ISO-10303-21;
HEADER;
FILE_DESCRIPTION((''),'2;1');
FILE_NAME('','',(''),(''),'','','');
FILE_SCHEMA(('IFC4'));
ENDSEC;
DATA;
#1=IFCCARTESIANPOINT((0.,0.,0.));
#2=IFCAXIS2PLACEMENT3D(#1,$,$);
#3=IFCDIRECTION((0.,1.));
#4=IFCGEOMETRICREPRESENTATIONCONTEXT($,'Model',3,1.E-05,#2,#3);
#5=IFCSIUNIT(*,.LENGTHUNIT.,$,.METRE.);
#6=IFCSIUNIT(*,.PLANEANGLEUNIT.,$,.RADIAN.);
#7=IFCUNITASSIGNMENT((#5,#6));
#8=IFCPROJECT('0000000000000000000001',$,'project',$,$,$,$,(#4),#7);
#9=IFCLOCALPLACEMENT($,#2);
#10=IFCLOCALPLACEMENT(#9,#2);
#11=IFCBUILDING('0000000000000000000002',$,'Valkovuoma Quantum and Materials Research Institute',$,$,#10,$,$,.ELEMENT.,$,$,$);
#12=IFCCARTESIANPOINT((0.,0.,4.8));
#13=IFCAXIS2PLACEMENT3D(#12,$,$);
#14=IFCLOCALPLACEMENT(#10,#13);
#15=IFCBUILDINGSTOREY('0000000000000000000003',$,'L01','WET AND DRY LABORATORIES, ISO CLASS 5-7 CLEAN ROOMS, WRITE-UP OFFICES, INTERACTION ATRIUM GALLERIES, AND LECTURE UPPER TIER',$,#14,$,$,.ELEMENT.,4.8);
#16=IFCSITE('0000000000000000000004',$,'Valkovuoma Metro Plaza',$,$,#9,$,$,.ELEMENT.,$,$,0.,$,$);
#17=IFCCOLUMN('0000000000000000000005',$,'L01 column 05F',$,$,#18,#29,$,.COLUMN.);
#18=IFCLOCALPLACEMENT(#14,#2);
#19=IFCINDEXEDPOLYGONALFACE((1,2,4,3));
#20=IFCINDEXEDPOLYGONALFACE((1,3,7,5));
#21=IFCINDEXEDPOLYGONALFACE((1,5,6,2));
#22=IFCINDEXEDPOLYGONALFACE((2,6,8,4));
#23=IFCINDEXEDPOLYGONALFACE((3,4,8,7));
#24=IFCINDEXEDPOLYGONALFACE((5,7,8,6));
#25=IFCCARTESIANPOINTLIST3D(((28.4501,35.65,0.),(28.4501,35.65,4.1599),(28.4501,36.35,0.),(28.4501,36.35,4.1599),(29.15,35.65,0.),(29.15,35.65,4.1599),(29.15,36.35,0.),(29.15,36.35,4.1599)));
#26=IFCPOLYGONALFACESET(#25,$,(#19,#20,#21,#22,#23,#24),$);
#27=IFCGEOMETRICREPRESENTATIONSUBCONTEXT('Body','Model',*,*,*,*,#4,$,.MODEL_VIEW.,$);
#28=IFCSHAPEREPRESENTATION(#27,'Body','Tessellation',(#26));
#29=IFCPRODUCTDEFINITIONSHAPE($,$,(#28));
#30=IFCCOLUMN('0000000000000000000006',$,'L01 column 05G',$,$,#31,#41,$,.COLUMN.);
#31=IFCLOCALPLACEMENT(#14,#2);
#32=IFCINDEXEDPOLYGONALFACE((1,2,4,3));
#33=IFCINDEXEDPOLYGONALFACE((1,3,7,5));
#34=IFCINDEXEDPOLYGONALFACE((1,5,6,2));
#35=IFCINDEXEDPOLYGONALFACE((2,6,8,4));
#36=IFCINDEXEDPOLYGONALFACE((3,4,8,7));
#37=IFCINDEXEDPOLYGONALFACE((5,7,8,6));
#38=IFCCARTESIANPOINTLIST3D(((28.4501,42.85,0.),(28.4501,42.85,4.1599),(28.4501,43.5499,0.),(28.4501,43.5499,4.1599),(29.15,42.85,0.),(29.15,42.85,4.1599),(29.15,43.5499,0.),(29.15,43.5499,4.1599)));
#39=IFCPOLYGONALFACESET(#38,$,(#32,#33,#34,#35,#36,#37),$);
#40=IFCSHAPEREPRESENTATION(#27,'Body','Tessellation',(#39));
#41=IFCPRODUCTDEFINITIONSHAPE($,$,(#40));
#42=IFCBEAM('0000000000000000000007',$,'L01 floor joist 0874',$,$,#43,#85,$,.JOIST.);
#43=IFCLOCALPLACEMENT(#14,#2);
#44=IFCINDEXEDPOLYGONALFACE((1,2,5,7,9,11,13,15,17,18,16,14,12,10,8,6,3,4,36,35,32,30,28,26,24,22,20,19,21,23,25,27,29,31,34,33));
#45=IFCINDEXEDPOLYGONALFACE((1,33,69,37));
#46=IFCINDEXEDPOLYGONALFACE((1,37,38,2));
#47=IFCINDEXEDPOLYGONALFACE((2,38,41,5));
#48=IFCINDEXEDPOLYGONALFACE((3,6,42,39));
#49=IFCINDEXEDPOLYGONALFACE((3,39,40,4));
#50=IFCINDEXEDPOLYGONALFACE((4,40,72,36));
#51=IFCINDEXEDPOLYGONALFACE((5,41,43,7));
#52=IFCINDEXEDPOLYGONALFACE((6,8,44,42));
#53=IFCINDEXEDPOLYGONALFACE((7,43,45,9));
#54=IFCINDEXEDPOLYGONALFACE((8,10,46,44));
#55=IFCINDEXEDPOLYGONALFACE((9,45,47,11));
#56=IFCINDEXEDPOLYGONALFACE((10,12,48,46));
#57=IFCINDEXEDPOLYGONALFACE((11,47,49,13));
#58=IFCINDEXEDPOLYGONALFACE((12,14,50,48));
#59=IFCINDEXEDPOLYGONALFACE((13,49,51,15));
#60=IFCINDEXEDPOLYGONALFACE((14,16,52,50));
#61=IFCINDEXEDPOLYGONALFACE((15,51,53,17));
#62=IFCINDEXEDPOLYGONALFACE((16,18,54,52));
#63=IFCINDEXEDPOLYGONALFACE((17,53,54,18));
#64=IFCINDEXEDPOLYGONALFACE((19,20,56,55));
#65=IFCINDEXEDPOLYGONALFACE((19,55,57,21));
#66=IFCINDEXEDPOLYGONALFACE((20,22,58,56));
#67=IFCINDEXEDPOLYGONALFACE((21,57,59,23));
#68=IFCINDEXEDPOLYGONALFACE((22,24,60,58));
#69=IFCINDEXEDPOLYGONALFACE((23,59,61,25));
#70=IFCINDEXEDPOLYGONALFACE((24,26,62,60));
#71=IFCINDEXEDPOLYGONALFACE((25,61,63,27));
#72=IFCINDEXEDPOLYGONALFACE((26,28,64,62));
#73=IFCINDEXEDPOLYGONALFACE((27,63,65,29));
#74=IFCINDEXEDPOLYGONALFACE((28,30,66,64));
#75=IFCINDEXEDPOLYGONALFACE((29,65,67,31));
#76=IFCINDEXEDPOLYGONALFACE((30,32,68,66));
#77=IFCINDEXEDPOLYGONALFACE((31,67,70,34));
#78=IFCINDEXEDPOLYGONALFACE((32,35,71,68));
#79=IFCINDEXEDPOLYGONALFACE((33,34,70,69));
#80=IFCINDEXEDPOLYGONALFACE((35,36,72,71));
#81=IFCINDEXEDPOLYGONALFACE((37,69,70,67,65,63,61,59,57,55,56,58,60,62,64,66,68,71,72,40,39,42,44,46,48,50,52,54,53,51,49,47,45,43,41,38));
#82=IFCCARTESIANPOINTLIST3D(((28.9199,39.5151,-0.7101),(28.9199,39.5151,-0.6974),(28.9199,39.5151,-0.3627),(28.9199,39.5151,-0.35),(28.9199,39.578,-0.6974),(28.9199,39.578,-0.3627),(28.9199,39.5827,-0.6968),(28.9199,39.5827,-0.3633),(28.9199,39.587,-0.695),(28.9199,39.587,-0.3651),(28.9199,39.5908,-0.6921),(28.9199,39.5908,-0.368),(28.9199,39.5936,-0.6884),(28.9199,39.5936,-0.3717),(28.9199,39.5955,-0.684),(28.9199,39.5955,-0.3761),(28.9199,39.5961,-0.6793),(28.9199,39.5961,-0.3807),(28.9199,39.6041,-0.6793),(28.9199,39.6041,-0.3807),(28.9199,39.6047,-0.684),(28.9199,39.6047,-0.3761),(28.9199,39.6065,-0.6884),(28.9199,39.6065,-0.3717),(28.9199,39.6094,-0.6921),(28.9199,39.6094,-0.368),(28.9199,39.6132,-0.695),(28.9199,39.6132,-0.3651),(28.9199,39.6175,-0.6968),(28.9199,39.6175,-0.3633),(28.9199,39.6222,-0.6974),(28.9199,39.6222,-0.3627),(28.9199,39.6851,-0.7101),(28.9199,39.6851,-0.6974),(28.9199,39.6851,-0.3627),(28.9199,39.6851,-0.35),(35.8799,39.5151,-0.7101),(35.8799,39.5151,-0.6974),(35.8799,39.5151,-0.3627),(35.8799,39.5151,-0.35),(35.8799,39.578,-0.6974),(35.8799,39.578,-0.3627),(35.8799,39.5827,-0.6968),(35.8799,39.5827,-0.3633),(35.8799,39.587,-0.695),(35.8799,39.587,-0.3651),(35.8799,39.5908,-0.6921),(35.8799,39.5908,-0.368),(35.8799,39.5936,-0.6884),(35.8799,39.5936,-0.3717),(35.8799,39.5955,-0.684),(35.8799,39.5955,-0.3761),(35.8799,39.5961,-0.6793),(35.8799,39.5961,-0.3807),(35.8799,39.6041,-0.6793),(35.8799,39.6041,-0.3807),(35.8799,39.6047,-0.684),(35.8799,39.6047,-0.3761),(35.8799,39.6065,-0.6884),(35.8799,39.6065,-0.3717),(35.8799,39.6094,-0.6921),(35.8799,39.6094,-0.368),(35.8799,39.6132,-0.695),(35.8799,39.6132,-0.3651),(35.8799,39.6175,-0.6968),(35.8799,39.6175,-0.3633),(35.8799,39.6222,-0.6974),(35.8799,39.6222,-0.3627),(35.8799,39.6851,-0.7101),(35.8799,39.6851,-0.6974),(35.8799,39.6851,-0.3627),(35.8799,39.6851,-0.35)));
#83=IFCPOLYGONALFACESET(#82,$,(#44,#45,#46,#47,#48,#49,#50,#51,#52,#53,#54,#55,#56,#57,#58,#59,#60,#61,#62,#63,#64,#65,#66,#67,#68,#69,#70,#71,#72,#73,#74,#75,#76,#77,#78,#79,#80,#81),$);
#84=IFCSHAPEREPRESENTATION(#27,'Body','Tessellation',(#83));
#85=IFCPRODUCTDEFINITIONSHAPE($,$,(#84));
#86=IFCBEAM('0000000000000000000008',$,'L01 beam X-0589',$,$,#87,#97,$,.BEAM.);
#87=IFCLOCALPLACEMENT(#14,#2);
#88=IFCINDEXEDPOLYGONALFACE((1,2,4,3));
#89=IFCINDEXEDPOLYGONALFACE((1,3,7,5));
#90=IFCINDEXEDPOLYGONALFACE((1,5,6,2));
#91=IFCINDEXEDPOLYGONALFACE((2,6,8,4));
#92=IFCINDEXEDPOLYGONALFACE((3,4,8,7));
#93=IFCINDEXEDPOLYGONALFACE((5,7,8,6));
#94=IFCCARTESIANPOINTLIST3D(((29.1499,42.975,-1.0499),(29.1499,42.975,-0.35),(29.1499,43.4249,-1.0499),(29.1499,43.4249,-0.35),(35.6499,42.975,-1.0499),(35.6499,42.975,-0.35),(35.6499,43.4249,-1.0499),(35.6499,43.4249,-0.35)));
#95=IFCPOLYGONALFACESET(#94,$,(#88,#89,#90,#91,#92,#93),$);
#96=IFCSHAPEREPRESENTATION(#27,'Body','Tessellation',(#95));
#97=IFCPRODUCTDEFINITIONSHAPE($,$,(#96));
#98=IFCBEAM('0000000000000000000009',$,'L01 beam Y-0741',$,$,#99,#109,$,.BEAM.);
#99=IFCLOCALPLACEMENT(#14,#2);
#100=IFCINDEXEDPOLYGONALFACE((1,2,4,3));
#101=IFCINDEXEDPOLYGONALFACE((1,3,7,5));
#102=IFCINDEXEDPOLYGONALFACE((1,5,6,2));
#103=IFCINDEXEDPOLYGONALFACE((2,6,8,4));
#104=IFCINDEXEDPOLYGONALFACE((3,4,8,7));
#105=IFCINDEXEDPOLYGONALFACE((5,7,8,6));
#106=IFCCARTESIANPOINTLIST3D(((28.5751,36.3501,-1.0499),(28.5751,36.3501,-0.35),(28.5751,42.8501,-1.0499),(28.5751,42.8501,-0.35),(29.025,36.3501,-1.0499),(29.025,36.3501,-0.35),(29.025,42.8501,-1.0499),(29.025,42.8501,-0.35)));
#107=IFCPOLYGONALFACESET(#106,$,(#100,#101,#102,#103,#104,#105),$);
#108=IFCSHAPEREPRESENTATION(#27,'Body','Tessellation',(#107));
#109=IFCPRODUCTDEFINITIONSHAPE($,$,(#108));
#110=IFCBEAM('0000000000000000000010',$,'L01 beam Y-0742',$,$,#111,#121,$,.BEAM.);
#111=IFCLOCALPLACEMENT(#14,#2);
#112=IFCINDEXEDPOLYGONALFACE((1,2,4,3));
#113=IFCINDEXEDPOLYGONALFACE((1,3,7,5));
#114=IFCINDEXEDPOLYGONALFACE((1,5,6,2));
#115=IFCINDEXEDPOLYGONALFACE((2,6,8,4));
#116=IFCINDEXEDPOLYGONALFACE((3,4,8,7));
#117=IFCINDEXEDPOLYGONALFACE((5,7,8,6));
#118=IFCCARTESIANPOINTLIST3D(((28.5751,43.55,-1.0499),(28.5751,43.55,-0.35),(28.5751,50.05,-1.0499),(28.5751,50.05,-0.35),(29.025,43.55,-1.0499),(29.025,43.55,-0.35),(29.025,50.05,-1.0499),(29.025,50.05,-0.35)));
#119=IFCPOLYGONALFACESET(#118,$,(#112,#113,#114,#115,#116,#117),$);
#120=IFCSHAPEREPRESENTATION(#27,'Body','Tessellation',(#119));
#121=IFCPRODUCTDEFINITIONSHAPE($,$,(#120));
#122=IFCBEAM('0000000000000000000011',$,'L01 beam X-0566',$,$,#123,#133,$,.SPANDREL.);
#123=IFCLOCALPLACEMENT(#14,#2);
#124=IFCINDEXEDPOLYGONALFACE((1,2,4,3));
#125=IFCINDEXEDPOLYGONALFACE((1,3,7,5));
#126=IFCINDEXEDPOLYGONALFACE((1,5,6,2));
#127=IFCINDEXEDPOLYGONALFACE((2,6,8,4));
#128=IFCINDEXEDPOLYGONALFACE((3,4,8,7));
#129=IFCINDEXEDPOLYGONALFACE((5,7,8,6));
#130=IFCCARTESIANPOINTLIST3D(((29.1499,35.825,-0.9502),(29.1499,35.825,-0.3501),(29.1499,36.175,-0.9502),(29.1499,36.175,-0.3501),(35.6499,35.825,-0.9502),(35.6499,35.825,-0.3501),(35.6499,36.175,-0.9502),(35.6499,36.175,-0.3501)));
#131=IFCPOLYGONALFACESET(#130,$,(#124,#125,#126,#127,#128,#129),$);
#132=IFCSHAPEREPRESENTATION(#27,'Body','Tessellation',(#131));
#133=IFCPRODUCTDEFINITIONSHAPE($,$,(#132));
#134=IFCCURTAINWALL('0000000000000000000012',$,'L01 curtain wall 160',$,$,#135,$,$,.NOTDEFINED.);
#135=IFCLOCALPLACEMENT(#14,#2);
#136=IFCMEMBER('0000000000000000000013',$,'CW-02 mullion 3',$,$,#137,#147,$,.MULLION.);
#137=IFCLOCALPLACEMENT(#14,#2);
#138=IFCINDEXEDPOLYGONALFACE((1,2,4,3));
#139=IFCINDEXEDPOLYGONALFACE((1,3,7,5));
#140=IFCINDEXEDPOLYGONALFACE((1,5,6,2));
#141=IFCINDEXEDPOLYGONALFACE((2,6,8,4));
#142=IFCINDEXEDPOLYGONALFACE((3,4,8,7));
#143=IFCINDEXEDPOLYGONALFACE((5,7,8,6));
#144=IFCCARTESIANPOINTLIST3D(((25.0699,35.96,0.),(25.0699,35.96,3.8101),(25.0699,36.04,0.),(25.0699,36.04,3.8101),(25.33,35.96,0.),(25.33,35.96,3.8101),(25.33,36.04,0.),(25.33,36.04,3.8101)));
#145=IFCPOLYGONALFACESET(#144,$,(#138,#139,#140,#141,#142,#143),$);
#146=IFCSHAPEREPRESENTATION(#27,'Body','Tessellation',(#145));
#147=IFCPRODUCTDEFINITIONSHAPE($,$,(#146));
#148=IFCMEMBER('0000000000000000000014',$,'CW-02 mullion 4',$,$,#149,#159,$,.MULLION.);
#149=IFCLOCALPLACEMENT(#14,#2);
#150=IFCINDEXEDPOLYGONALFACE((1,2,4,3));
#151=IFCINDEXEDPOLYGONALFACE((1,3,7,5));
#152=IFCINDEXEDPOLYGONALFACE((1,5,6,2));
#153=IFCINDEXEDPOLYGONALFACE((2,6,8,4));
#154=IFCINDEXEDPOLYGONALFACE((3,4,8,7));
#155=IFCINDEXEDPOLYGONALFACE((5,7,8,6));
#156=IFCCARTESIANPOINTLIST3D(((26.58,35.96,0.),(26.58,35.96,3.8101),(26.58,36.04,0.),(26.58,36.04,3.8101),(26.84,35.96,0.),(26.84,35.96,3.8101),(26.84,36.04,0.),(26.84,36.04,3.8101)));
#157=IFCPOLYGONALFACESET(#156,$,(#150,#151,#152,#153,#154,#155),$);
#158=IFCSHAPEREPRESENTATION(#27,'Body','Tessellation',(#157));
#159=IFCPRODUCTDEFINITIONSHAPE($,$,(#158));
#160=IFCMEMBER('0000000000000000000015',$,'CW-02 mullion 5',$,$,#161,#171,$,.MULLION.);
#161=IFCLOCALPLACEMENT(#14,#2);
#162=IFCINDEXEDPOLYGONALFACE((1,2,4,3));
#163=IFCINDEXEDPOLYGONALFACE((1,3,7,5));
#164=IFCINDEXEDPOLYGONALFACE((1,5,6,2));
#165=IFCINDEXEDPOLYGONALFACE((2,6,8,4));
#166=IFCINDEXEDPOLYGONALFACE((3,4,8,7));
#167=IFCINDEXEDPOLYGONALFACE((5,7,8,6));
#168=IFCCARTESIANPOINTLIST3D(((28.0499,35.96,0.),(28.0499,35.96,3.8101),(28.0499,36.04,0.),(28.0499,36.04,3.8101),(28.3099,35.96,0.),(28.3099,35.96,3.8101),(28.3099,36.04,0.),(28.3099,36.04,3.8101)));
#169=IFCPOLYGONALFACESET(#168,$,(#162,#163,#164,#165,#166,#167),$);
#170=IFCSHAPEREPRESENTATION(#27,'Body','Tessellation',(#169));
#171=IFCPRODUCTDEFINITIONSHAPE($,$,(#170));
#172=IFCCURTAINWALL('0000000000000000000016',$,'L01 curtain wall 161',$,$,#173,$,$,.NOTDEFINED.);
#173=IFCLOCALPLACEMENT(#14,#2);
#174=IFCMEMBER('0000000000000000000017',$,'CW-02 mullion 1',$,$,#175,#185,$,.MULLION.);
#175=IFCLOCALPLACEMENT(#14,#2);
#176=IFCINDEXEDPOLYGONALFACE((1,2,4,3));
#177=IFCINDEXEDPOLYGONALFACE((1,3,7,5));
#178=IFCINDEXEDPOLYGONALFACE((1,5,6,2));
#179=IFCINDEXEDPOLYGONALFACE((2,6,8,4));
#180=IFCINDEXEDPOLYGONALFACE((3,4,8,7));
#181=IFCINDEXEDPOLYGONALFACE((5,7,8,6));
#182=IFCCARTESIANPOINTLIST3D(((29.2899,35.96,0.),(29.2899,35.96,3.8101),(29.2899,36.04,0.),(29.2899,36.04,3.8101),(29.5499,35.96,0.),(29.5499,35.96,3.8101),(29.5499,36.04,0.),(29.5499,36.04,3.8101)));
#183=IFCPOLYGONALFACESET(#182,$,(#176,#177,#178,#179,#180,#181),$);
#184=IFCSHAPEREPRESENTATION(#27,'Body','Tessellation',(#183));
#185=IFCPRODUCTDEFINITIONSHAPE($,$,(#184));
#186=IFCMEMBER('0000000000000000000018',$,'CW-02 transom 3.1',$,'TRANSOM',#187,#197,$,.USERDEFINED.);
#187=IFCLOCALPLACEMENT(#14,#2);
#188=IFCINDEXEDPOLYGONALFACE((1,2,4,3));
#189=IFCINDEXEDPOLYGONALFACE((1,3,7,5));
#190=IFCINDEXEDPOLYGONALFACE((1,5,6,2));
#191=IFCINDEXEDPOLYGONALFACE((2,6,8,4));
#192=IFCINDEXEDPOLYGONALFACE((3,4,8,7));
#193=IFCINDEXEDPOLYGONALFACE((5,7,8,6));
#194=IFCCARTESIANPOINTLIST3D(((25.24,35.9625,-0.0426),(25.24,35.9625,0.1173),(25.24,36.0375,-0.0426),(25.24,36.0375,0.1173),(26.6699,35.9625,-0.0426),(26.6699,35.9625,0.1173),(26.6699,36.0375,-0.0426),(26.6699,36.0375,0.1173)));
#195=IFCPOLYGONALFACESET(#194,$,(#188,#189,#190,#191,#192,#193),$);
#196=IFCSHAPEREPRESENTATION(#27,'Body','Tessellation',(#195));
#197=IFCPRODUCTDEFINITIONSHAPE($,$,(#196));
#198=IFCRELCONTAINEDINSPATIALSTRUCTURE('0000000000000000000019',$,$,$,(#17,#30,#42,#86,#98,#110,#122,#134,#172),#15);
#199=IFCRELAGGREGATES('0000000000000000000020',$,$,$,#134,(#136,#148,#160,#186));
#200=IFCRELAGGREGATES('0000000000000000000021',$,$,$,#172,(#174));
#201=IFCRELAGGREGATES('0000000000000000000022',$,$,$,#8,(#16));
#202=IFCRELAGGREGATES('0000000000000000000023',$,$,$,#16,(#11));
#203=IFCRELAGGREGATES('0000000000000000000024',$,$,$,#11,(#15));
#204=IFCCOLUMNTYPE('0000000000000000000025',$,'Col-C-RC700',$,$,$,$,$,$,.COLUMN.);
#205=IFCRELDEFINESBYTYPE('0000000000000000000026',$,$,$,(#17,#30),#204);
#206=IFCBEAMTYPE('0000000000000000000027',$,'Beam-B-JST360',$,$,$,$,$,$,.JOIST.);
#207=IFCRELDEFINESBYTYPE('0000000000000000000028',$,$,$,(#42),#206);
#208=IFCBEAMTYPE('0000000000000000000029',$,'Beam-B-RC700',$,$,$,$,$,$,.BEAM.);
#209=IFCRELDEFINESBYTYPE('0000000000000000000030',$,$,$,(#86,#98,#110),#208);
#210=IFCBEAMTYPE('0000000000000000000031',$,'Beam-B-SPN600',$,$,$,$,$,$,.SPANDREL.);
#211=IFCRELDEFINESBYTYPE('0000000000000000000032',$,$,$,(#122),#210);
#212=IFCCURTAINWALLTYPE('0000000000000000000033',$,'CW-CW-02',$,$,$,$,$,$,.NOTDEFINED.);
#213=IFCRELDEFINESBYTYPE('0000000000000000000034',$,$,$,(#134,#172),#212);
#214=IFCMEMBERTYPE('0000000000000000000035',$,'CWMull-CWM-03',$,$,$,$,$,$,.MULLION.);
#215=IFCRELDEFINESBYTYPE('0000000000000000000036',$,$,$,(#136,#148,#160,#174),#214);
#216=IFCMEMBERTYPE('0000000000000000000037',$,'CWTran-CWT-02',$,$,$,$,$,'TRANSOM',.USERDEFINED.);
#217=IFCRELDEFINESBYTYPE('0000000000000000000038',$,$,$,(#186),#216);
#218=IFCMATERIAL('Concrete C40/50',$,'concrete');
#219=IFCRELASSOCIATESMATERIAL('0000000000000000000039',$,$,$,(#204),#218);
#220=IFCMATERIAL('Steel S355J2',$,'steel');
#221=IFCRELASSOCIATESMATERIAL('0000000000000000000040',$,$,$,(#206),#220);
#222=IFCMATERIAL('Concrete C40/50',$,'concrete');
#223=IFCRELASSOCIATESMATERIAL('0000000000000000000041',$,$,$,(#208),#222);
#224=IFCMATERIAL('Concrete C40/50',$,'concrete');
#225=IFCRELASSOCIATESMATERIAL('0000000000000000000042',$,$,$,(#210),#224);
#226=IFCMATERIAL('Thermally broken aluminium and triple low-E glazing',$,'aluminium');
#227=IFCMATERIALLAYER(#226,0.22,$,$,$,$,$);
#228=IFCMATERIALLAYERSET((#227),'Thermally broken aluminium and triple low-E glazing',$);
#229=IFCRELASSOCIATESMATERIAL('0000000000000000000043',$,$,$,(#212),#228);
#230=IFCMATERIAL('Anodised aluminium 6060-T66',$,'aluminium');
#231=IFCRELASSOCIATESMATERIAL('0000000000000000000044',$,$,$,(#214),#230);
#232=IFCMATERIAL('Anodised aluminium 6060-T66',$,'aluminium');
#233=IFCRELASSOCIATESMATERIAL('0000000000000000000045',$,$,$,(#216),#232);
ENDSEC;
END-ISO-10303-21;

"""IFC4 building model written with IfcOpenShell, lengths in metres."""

from ifc_helpers import new_model, si_unit, direction, frame, origin, origin_2d, place, context, subcontext, project, spatial, rectangle, i_section, extrude, material, layer, layer_set, material_profile, profile_set, type_object, element, aggregate, save


model = new_model("IFC4")

# Units and contexts
model_context = context("Model", 3, precision=1e-05, world=origin(), true_north=direction((0.0, 1.0)))
body_context = subcontext(model_context, "Body", "Model", "MODEL_VIEW")
ifc_project = project(units=[si_unit("LENGTHUNIT", "METRE"), si_unit("PLANEANGLEUNIT", "RADIAN")], contexts=[model_context])

# Site, building, storey
site_placement = place(None, origin())
site = spatial("IfcSite", under=ifc_project, at=site_placement, Name="Valkovuoma Metro Plaza", CompositionType="ELEMENT", RefElevation=0.0)
building_placement = place(site_placement, origin())
building = spatial("IfcBuilding", under=site, at=building_placement, Name="Valkovuoma Quantum and Materials Research Institute", CompositionType="ELEMENT")
storey_placement = place(building_placement, frame((0.0, 0.0, 4.8)))
storey = spatial("IfcBuildingStorey", under=building, at=storey_placement, Name="L01", Description="WET AND DRY LABORATORIES, ISO CLASS 5-7 CLEAN ROOMS, WRITE-UP OFFICES, INTERACTION ATRIUM GALLERIES, AND LECTURE UPPER TIER", CompositionType="ELEMENT", Elevation=4.8)

# Columns
ifc_material_1 = material(Name="Concrete C40/50", Category="concrete")
ifc_material_profile_1 = material_profile(ifc_material_1, rectangle(XDim=0.7, YDim=0.7, at=origin_2d()), Name="Concrete C40/50")
ifc_profile_set_1 = profile_set([ifc_material_profile_1], Name="Concrete C40/50")
column_type = type_object("IfcColumnType", Name="Col-C-RC700", PredefinedType="COLUMN", material=ifc_profile_set_1)
for number, where, z_axis, x_axis, name in (
    (1, (28.8, 36.0, 0.0), (0.0, 0.0, 1.0), (1.0, 0.0, 0.0), "L01 column 05F"),
    (2, (28.8, 43.2, 0.0), (0.0, 0.0, 1.0), (1.0, 0.0, 0.0), "L01 column 05G"),
):
    element("IfcColumn", number, at=place(storey_placement, frame(where, z_axis=z_axis, x_axis=x_axis)), inside=storey, type_object=column_type, Name=name, PredefinedType="COLUMN", context=body_context, shape_type="SweptSolid", body=[
        extrude(rectangle(XDim=0.7, YDim=0.7, at=origin_2d()), origin(), (0.0, 0.0, 1.0), 4.1599),
    ])

# Beams
ifc_material_2 = material(Name="Steel S355J2", Category="steel")
ifc_material_profile_2 = material_profile(ifc_material_2, i_section(OverallWidth=0.1699, OverallDepth=0.3601, WebThickness=0.0081, FlangeThickness=0.0127, FilletRadius=0.0181, at=origin_2d()), Name="Steel S355J2")
ifc_profile_set_2 = profile_set([ifc_material_profile_2], Name="Steel S355J2")
beam_type_1 = type_object("IfcBeamType", Name="Beam-B-JST360", PredefinedType="JOIST", material=ifc_profile_set_2)
beam_1_placement = place(storey_placement, frame((28.9199, 39.6001, -0.53), z_axis=(1.0, 0.0, 0.0), x_axis=(0.0, 1.0, 0.0)))
element("IfcBeam", 3, at=beam_1_placement, inside=storey, type_object=beam_type_1, Name="L01 floor joist 0874", PredefinedType="JOIST", context=body_context, shape_type="SweptSolid", body=[
    extrude(i_section(OverallWidth=0.1699, OverallDepth=0.3601, WebThickness=0.0081, FlangeThickness=0.0127, FilletRadius=0.0181, at=origin_2d()), origin(), (0.0, 0.0, 1.0), 6.96),
])
ifc_material_3 = material(Name="Concrete C40/50", Category="concrete")
ifc_material_profile_3 = material_profile(ifc_material_3, rectangle(XDim=0.45, YDim=0.7, at=origin_2d()), Name="Concrete C40/50")
ifc_profile_set_3 = profile_set([ifc_material_profile_3], Name="Concrete C40/50")
beam_type_2 = type_object("IfcBeamType", Name="Beam-B-RC700", PredefinedType="BEAM", material=ifc_profile_set_3)
for number, where, z_axis, x_axis, name in (
    (4, (29.1499, 43.2, -0.7), (1.0, 0.0, 0.0), (0.0, 1.0, 0.0), "L01 beam X-0589"),
    (5, (28.8, 36.3501, -0.7), (0.0, 1.0, 0.0), (-1.0, 0.0, 0.0), "L01 beam Y-0741"),
    (6, (28.8, 43.55, -0.7), (0.0, 1.0, 0.0), (-1.0, 0.0, 0.0), "L01 beam Y-0742"),
):
    element("IfcBeam", number, at=place(storey_placement, frame(where, z_axis=z_axis, x_axis=x_axis)), inside=storey, type_object=beam_type_2, Name=name, PredefinedType="BEAM", context=body_context, shape_type="SweptSolid", body=[
        extrude(rectangle(XDim=0.45, YDim=0.7, at=origin_2d()), origin(), (0.0, 0.0, 1.0), 6.5),
    ])
ifc_material_4 = material(Name="Concrete C40/50", Category="concrete")
ifc_material_profile_4 = material_profile(ifc_material_4, rectangle(XDim=0.3501, YDim=0.6001, at=origin_2d()), Name="Concrete C40/50")
ifc_profile_set_4 = profile_set([ifc_material_profile_4], Name="Concrete C40/50")
beam_type_3 = type_object("IfcBeamType", Name="Beam-B-SPN600", PredefinedType="SPANDREL", material=ifc_profile_set_4)
beam_2_placement = place(storey_placement, frame((29.1499, 36.0, -0.6501), z_axis=(1.0, 0.0, 0.0), x_axis=(0.0, 1.0, 0.0)))
element("IfcBeam", 7, at=beam_2_placement, inside=storey, type_object=beam_type_3, Name="L01 beam X-0566", PredefinedType="SPANDREL", context=body_context, shape_type="SweptSolid", body=[
    extrude(rectangle(XDim=0.3501, YDim=0.6001, at=origin_2d()), origin(), (0.0, 0.0, 1.0), 6.5),
])

# Curtain wall, members
ifc_material_5 = material(Name="Thermally broken aluminium and triple low-E glazing", Category="aluminium")
ifc_layer_1 = layer(ifc_material_5, 0.22)
ifc_layer_set_1 = layer_set([ifc_layer_1], Name="Thermally broken aluminium and triple low-E glazing")
curtain_wall_type = type_object("IfcCurtainWallType", Name="CW-CW-02", PredefinedType="NOTDEFINED", material=ifc_layer_set_1)
curtain_wall_1_placement = place(storey_placement, origin())
curtain_wall_1 = element("IfcCurtainWall", 8, at=curtain_wall_1_placement, inside=storey, type_object=curtain_wall_type, Name="L01 curtain wall 160", PredefinedType="NOTDEFINED")
ifc_material_6 = material(Name="Anodised aluminium 6060-T66", Category="aluminium")
ifc_material_profile_5 = material_profile(ifc_material_6, rectangle(XDim=0.0801, YDim=0.26, at=origin_2d()), Name="Anodised aluminium 6060-T66")
ifc_profile_set_5 = profile_set([ifc_material_profile_5], Name="Anodised aluminium 6060-T66")
member_type_1 = type_object("IfcMemberType", Name="CWMull-CWM-03", PredefinedType="MULLION", material=ifc_profile_set_5)
member_1_placement = place(storey_placement, frame((25.2, 36.0, 0.0), z_axis=(0.0, 0.0, 1.0), x_axis=(0.0, 1.0, 0.0)))
member_1 = element("IfcMember", 9, at=member_1_placement, type_object=member_type_1, Name="CW-02 mullion 3", PredefinedType="MULLION", context=body_context, shape_type="SweptSolid", body=[
    extrude(rectangle(XDim=0.0801, YDim=0.26, at=origin_2d()), origin(), (0.0, 0.0, 1.0), 3.8101),
])
member_2_placement = place(storey_placement, frame((26.71, 36.0, 0.0), z_axis=(0.0, 0.0, 1.0), x_axis=(0.0, 1.0, 0.0)))
member_2 = element("IfcMember", 10, at=member_2_placement, type_object=member_type_1, Name="CW-02 mullion 4", PredefinedType="MULLION", context=body_context, shape_type="SweptSolid", body=[
    extrude(rectangle(XDim=0.0801, YDim=0.26, at=origin_2d()), origin(), (0.0, 0.0, 1.0), 3.8101),
])
member_3_placement = place(storey_placement, frame((28.1799, 36.0, 0.0), z_axis=(0.0, 0.0, 1.0), x_axis=(0.0, 1.0, 0.0)))
member_3 = element("IfcMember", 11, at=member_3_placement, type_object=member_type_1, Name="CW-02 mullion 5", PredefinedType="MULLION", context=body_context, shape_type="SweptSolid", body=[
    extrude(rectangle(XDim=0.0801, YDim=0.26, at=origin_2d()), origin(), (0.0, 0.0, 1.0), 3.8101),
])

# Curtain wall, member
curtain_wall_2_placement = place(storey_placement, origin())
curtain_wall_2 = element("IfcCurtainWall", 12, at=curtain_wall_2_placement, inside=storey, type_object=curtain_wall_type, Name="L01 curtain wall 161", PredefinedType="NOTDEFINED")
member_4_placement = place(storey_placement, frame((29.4199, 36.0, 0.0), z_axis=(0.0, 0.0, 1.0), x_axis=(0.0, 1.0, 0.0)))
member_4 = element("IfcMember", 13, at=member_4_placement, type_object=member_type_1, Name="CW-02 mullion 1", PredefinedType="MULLION", context=body_context, shape_type="SweptSolid", body=[
    extrude(rectangle(XDim=0.0801, YDim=0.26, at=origin_2d()), origin(), (0.0, 0.0, 1.0), 3.8101),
])

# Member
ifc_material_7 = material(Name="Anodised aluminium 6060-T66", Category="aluminium")
ifc_material_profile_6 = material_profile(ifc_material_7, rectangle(XDim=0.075, YDim=0.1599, at=origin_2d()), Name="Anodised aluminium 6060-T66")
ifc_profile_set_6 = profile_set([ifc_material_profile_6], Name="Anodised aluminium 6060-T66")
member_type_2 = type_object("IfcMemberType", Name="CWTran-CWT-02", ElementType="TRANSOM", PredefinedType="USERDEFINED", material=ifc_profile_set_6)
member_5_placement = place(storey_placement, frame((25.24, 36.0, 0.0374), z_axis=(1.0, 0.0, 0.0), x_axis=(0.0, 1.0, 0.0)))
member_5 = element("IfcMember", 14, at=member_5_placement, type_object=member_type_2, Name="CW-02 transom 3.1", ObjectType="TRANSOM", PredefinedType="USERDEFINED", context=body_context, shape_type="SweptSolid", body=[
    extrude(rectangle(XDim=0.075, YDim=0.1599, at=origin_2d()), origin(), (0.0, 0.0, 1.0), 1.4299),
])

aggregate(curtain_wall_1, [member_1, member_2, member_3, member_5])
aggregate(curtain_wall_2, [member_4])

save(model, "model.ifc")
